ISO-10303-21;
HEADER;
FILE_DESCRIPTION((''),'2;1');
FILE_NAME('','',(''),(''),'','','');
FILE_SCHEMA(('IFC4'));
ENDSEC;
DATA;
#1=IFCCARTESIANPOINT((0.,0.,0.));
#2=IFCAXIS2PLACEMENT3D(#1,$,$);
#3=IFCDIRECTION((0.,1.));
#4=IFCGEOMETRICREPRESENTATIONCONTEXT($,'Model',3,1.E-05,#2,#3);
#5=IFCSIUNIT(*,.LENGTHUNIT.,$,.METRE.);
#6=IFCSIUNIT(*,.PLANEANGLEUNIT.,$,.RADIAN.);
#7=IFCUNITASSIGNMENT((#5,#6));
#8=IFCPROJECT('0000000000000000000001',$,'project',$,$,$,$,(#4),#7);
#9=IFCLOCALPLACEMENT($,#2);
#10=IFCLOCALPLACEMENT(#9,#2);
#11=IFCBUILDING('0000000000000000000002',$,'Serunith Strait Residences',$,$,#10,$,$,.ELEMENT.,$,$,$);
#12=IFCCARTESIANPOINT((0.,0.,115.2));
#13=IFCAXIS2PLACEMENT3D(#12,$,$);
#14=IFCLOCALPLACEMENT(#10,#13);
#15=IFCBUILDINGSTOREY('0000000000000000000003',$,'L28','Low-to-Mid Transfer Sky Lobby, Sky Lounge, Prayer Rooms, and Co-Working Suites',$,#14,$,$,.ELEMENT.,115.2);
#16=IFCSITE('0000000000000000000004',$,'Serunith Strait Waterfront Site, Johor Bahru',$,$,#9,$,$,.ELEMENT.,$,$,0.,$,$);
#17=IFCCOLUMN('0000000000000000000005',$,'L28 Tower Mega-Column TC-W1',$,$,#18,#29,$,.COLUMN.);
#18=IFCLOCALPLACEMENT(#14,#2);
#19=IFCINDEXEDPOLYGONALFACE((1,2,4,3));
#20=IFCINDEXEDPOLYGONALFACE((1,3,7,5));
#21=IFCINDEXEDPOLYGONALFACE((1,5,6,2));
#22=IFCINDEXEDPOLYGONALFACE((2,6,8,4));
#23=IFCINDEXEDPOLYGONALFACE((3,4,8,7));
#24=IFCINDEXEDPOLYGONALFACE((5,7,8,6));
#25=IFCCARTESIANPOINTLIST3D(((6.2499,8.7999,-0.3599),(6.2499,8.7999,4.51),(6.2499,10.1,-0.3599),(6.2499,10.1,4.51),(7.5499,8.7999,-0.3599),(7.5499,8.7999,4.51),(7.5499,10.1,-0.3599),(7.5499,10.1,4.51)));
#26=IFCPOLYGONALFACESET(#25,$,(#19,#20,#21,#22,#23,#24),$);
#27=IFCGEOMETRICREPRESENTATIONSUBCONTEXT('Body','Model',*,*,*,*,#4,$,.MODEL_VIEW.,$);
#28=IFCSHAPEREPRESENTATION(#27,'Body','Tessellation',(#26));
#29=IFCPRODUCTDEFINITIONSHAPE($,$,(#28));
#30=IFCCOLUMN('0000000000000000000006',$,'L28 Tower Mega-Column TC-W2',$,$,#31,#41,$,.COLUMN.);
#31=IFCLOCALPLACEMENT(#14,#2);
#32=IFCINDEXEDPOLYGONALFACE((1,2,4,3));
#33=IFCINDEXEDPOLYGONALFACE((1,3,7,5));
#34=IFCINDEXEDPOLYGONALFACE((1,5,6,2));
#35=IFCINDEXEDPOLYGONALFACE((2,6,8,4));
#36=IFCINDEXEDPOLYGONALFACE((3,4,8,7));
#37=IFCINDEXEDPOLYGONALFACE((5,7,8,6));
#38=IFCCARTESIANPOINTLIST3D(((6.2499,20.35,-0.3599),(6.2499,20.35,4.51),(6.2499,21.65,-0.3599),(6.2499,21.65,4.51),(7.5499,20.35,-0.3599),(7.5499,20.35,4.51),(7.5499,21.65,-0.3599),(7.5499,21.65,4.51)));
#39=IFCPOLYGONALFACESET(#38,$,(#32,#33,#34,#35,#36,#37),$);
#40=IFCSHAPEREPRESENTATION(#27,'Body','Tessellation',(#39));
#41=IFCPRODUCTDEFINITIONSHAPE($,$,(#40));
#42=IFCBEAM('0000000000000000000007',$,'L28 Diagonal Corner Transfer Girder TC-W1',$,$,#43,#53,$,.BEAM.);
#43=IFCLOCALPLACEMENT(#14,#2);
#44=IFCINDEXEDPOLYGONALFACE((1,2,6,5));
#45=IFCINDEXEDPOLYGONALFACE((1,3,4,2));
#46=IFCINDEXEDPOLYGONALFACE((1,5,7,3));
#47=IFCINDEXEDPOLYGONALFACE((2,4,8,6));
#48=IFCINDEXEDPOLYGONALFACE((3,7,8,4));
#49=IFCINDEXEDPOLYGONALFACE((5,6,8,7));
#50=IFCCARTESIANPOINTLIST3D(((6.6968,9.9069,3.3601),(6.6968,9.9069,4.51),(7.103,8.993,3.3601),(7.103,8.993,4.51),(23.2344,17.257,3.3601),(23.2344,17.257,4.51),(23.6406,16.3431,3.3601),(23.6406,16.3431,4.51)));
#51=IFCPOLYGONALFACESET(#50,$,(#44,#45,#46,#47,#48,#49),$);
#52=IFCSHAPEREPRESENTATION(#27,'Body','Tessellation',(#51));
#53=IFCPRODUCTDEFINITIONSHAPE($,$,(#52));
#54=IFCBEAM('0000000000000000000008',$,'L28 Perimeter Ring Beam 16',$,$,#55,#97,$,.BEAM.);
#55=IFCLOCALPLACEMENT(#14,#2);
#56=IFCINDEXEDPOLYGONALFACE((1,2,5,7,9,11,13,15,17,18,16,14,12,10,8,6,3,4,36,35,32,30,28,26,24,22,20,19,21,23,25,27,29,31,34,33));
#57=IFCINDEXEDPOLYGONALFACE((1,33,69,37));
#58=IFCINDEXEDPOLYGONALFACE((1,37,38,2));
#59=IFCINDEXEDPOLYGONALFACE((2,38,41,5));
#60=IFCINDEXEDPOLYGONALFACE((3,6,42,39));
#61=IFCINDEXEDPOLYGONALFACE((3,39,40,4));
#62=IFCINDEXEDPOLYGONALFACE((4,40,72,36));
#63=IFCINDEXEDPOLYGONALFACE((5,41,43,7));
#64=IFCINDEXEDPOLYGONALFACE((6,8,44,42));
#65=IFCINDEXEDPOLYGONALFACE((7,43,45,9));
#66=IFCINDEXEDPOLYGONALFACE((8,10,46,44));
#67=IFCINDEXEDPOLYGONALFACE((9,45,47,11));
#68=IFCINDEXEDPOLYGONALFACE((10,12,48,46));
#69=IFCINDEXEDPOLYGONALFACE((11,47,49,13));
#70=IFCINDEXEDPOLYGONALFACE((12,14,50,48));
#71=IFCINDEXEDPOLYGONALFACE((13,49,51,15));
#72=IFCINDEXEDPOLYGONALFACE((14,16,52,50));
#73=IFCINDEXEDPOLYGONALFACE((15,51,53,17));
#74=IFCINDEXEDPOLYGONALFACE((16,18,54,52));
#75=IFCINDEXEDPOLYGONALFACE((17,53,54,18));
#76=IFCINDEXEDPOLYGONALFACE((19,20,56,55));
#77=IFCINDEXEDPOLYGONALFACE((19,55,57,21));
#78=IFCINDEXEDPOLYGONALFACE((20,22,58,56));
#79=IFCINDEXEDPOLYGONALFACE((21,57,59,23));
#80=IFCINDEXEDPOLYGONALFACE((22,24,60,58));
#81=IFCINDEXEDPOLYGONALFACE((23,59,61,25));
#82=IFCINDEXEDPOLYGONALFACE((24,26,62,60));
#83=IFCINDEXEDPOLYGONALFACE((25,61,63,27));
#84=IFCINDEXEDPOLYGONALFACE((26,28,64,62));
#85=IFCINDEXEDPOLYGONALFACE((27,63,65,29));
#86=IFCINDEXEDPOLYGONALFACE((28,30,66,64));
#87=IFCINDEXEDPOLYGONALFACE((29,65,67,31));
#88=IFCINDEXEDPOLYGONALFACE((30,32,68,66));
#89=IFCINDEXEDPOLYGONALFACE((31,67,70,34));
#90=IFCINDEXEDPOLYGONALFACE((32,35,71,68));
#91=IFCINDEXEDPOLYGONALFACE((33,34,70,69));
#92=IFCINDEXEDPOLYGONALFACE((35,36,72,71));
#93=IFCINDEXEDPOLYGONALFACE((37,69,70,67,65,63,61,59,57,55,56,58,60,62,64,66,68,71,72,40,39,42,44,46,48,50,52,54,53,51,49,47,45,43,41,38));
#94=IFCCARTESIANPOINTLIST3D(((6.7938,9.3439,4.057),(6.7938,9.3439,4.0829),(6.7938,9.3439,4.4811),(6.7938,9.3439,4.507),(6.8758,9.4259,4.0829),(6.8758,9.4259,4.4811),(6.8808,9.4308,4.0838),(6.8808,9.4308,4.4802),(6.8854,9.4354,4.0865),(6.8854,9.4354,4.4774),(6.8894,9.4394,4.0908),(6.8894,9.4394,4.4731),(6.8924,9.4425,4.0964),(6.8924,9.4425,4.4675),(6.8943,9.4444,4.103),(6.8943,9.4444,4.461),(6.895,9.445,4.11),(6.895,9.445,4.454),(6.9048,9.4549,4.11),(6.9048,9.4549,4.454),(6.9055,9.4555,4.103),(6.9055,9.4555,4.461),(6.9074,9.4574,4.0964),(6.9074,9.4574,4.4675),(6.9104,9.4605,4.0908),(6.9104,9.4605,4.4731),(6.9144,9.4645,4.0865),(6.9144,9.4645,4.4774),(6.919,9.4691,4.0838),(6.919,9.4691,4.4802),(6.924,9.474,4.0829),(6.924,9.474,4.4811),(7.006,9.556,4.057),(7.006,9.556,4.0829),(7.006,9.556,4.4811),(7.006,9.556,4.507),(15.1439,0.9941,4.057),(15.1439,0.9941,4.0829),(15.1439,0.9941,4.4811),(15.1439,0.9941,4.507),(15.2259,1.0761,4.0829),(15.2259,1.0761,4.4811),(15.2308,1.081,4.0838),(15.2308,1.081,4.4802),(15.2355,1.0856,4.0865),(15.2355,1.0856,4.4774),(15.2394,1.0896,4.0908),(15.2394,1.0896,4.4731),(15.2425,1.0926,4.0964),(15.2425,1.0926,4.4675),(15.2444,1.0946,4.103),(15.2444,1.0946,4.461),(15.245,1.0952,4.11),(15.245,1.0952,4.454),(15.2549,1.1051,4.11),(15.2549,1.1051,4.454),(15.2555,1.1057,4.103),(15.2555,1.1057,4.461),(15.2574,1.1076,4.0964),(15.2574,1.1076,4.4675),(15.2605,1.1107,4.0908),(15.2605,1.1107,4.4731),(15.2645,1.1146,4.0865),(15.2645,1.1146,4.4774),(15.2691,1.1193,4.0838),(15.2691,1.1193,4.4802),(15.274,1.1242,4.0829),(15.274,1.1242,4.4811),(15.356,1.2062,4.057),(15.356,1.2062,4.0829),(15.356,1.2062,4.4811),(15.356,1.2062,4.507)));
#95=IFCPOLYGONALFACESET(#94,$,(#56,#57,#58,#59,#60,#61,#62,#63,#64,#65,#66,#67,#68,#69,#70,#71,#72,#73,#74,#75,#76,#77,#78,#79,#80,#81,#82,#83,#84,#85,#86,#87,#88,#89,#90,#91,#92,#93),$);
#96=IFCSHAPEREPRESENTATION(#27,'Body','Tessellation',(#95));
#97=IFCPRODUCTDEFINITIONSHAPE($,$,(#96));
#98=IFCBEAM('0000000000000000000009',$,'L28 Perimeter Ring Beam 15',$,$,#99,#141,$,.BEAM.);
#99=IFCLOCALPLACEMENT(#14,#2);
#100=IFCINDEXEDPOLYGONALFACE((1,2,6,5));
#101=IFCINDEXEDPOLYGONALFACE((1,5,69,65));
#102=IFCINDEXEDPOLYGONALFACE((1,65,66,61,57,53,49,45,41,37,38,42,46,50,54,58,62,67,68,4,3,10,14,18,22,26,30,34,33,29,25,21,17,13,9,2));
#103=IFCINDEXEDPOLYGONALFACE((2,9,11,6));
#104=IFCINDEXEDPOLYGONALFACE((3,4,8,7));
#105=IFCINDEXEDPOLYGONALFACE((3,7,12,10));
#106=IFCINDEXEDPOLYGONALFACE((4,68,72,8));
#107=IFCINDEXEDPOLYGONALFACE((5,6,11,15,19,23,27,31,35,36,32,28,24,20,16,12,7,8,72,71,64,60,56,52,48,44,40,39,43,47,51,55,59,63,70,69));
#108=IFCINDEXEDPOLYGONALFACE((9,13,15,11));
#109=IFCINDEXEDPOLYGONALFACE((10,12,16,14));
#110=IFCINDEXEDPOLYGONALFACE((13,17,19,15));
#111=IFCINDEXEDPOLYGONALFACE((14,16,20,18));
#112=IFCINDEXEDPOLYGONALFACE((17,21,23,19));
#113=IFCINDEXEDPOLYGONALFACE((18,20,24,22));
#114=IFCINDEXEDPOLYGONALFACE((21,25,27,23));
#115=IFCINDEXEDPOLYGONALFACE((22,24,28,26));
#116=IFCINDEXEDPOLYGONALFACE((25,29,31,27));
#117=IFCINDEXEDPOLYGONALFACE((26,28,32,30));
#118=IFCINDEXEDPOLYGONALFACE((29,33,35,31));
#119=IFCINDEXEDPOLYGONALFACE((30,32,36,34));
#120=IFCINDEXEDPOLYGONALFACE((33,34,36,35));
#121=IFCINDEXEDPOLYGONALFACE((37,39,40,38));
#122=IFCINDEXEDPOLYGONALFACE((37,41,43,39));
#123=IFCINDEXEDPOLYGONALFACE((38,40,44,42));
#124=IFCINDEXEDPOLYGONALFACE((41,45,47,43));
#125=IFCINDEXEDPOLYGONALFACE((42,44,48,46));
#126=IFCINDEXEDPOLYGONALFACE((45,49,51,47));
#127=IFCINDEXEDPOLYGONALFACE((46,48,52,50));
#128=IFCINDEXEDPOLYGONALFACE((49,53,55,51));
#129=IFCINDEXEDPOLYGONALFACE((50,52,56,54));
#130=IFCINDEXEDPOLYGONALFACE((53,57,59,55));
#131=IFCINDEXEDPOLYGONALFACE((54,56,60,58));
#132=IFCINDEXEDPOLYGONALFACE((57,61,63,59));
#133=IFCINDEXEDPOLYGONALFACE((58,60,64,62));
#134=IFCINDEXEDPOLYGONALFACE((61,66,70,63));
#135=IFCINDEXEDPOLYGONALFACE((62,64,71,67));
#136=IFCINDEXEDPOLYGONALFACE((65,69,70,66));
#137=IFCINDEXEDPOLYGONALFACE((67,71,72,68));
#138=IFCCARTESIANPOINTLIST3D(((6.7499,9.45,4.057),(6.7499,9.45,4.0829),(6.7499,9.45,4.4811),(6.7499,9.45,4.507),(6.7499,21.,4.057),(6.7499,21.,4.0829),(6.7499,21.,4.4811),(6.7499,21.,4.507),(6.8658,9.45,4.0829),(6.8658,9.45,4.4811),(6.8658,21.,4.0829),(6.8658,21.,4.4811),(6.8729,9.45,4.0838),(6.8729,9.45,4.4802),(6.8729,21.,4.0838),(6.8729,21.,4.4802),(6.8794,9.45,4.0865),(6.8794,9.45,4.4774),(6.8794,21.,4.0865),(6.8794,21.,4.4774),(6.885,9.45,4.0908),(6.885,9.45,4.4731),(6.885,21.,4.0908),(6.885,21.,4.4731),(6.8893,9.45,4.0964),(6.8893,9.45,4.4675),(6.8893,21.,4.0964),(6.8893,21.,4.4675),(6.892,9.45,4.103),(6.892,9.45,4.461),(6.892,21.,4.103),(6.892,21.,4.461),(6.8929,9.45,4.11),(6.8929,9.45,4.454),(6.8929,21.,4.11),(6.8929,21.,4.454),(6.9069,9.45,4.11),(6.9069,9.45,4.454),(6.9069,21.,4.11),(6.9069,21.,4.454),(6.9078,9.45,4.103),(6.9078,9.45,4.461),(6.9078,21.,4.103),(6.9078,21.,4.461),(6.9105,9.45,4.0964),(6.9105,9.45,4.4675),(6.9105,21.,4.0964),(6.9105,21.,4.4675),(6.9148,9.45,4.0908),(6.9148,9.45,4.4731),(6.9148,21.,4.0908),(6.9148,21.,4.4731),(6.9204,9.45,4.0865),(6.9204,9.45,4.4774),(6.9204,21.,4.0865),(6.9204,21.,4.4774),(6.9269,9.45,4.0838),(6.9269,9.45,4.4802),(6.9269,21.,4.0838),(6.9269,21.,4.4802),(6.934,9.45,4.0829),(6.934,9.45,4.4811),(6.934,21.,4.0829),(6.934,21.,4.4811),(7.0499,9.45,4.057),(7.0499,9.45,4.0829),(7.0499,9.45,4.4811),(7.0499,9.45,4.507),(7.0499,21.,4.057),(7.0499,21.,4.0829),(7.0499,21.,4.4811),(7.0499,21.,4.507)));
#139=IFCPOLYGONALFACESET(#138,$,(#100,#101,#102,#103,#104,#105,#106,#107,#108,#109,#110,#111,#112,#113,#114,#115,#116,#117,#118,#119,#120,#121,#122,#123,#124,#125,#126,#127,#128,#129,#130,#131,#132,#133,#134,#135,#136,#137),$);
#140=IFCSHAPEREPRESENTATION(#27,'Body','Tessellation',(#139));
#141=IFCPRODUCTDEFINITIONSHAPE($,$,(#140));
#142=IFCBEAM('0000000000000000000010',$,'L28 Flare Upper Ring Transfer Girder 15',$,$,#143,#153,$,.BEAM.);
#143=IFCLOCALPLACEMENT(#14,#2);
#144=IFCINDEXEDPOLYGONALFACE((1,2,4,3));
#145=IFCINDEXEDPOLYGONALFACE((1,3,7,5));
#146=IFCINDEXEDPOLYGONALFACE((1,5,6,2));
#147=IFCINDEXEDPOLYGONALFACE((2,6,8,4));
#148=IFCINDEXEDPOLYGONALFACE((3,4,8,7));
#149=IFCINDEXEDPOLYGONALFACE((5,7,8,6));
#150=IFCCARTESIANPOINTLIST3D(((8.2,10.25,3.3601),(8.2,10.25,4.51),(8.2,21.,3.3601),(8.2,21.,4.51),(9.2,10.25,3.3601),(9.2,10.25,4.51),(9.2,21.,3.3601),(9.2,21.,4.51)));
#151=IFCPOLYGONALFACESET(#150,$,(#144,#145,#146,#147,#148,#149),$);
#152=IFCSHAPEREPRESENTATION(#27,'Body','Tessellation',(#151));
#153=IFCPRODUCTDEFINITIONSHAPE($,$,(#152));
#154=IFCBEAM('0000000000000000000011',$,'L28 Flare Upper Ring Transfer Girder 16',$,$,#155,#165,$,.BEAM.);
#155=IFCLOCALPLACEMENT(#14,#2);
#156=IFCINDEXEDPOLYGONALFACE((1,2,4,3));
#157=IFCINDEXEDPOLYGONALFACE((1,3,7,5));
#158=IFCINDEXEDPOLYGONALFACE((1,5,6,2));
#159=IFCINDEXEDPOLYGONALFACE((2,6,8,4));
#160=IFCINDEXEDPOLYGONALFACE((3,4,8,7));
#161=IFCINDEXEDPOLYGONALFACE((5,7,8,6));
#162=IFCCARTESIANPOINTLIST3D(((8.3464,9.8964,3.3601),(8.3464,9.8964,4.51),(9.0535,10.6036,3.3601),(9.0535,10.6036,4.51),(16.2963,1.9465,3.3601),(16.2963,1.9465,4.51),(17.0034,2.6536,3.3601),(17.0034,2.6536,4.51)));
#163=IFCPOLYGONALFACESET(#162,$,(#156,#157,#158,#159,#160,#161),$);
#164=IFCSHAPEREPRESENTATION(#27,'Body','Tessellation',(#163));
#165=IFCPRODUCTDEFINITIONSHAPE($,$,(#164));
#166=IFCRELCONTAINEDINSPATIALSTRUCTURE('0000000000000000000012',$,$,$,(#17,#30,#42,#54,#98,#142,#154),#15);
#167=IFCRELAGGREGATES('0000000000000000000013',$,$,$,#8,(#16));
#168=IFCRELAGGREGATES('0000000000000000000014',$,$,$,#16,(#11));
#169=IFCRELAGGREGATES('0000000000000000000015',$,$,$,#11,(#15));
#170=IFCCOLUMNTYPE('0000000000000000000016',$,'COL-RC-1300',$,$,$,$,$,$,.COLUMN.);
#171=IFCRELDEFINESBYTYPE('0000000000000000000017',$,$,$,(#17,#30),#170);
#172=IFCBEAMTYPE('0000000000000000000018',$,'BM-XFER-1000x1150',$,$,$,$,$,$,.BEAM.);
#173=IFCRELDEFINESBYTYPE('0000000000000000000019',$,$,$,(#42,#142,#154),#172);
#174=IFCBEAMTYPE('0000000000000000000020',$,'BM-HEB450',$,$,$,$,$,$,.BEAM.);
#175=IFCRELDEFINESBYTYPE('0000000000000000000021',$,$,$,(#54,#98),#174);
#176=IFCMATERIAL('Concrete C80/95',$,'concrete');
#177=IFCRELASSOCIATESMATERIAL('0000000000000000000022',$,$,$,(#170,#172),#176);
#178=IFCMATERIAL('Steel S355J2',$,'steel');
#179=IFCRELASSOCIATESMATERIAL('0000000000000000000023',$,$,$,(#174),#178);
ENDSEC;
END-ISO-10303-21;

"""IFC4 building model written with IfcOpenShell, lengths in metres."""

from ifc_helpers import new_model, si_unit, direction, frame, origin, origin_2d, place, context, subcontext, project, spatial, rectangle, i_section, extrude, source, transform, mapped, material, material_profile, profile_set, type_object, element, save


model = new_model("IFC4")

# Units and contexts
model_context = context("Model", 3, precision=1e-05, world=origin(), true_north=direction((0.0, 1.0)))
body_context = subcontext(model_context, "Body", "Model", "MODEL_VIEW")
ifc_project = project(units=[si_unit("LENGTHUNIT", "METRE"), si_unit("PLANEANGLEUNIT", "RADIAN")], contexts=[model_context])

# Site, building, storey
site_placement = place(None, origin())
site = spatial("IfcSite", under=ifc_project, at=site_placement, Name="Serunith Strait Waterfront Site, Johor Bahru", CompositionType="ELEMENT", RefElevation=0.0)
building_placement = place(site_placement, origin())
building = spatial("IfcBuilding", under=site, at=building_placement, Name="Serunith Strait Residences", CompositionType="ELEMENT")
storey_placement = place(building_placement, frame((0.0, 0.0, 115.2)))
storey = spatial("IfcBuildingStorey", under=building, at=storey_placement, Name="L28", Description="Low-to-Mid Transfer Sky Lobby, Sky Lounge, Prayer Rooms, and Co-Working Suites", CompositionType="ELEMENT", Elevation=115.2)

# Columns
ifc_material_1 = material(Name="Concrete C80/95", Category="concrete")
ifc_material_profile_1 = material_profile(ifc_material_1, rectangle(XDim=1.3, YDim=1.3, at=origin_2d()), Name="RC 1300x1300")
ifc_profile_set_1 = profile_set([ifc_material_profile_1], Name="Concrete C80/95")
column_type = type_object("IfcColumnType", Name="COL-RC-1300", PredefinedType="COLUMN", material=ifc_profile_set_1)
shared_shape_1 = source(origin(), body_context, "Body", "SweptSolid", [
    extrude(rectangle(XDim=1.3, YDim=1.3, at=origin_2d()), origin(), (0.0, 0.0, 1.0), 4.8699),
])
for number, where, z_axis, x_axis, name in (
    (1, (6.8999, 9.45, -0.3599), (0.0, 0.0, 1.0), (1.0, 0.0, 0.0), "L28 Tower Mega-Column TC-W1"),
    (2, (6.8999, 21.0, -0.3599), (0.0, 0.0, 1.0), (1.0, 0.0, 0.0), "L28 Tower Mega-Column TC-W2"),
):
    element("IfcColumn", number, at=place(storey_placement, frame(where, z_axis=z_axis, x_axis=x_axis)), inside=storey, type_object=column_type, Name=name, PredefinedType="COLUMN", context=body_context, shape_type="MappedRepresentation", body=[
        mapped(shared_shape_1, transform((0.0, 0.0, 0.0), scale=1.0)),
    ])

# Beams
ifc_material_profile_2 = material_profile(ifc_material_1, rectangle(XDim=1.0, YDim=1.1499, at=origin_2d()), Name="RC 1000x1150")
ifc_profile_set_2 = profile_set([ifc_material_profile_2], Name="Concrete C80/95")
beam_type_1 = type_object("IfcBeamType", Name="BM-XFER-1000x1150", PredefinedType="BEAM", material=ifc_profile_set_2)
shared_shape_2 = source(origin(), body_context, "Body", "SweptSolid", [
    extrude(rectangle(XDim=1.0, YDim=1.1499, at=origin_2d()), origin(), (0.0, 0.0, 1.0), 18.0974),
])
beam_1_placement = place(storey_placement, frame((6.8999, 9.45, 3.9351), z_axis=(0.91381, 0.406141, 0.0), x_axis=(-0.406141, 0.91381, 0.0)))
element("IfcBeam", 3, at=beam_1_placement, inside=storey, type_object=beam_type_1, Name="L28 Diagonal Corner Transfer Girder TC-W1", PredefinedType="BEAM", context=body_context, shape_type="MappedRepresentation", body=[
    mapped(shared_shape_2, transform((0.0, 0.0, 0.0), scale=1.0)),
])
ifc_material_2 = material(Name="Steel S355J2", Category="steel")
ifc_material_profile_3 = material_profile(ifc_material_2, i_section(OverallWidth=0.3, OverallDepth=0.45, WebThickness=0.0139, FlangeThickness=0.0259, FilletRadius=0.0271, at=origin_2d()), Name="HEB 450")
ifc_profile_set_3 = profile_set([ifc_material_profile_3], Name="Steel S355J2")
beam_type_2 = type_object("IfcBeamType", Name="BM-HEB450", PredefinedType="BEAM", material=ifc_profile_set_3)
shared_shape_3 = source(origin(), body_context, "Body", "SweptSolid", [
    extrude(i_section(OverallWidth=0.3, OverallDepth=0.45, WebThickness=0.0139, FlangeThickness=0.0259, FilletRadius=0.0271, at=origin_2d()), origin(), (0.0, 0.0, 1.0), 11.8086),
])
beam_2_placement = place(storey_placement, frame((6.8999, 9.45, 4.282), z_axis=(0.707117, -0.707096, 0.0), x_axis=(0.707096, 0.707117, 0.0)))
element("IfcBeam", 4, at=beam_2_placement, inside=storey, type_object=beam_type_2, Name="L28 Perimeter Ring Beam 16", PredefinedType="BEAM", context=body_context, shape_type="MappedRepresentation", body=[
    mapped(shared_shape_3, transform((0.0, 0.0, 0.0), scale=1.0)),
])
shared_shape_4 = source(origin(), body_context, "Body", "SweptSolid", [
    extrude(i_section(OverallWidth=0.3, OverallDepth=0.45, WebThickness=0.0139, FlangeThickness=0.0259, FilletRadius=0.0271, at=origin_2d()), origin(), (0.0, 0.0, 1.0), 11.55),
])
beam_3_placement = place(storey_placement, frame((6.8999, 21.0, 4.282), z_axis=(0.0, -1.0, 0.0), x_axis=(1.0, 0.0, 0.0)))
element("IfcBeam", 5, at=beam_3_placement, inside=storey, type_object=beam_type_2, Name="L28 Perimeter Ring Beam 15", PredefinedType="BEAM", context=body_context, shape_type="MappedRepresentation", body=[
    mapped(shared_shape_4, transform((0.0, 0.0, 0.0), scale=1.0)),
])
shared_shape_5 = source(origin(), body_context, "Body", "SweptSolid", [
    extrude(rectangle(XDim=1.0, YDim=1.1499, at=origin_2d()), origin(), (0.0, 0.0, 1.0), 10.75),
])
beam_4_placement = place(storey_placement, frame((8.7, 21.0, 3.9351), z_axis=(0.0, -1.0, 0.0), x_axis=(1.0, 0.0, 0.0)))
element("IfcBeam", 6, at=beam_4_placement, inside=storey, type_object=beam_type_1, Name="L28 Flare Upper Ring Transfer Girder 15", PredefinedType="BEAM", context=body_context, shape_type="MappedRepresentation", body=[
    mapped(shared_shape_5, transform((0.0, 0.0, 0.0), scale=1.0)),
])
shared_shape_6 = source(origin(), body_context, "Body", "SweptSolid", [
    extrude(rectangle(XDim=1.0, YDim=1.1499, at=origin_2d()), origin(), (0.0, 0.0, 1.0), 11.2429),
])
beam_5_placement = place(storey_placement, frame((8.7, 10.25, 3.9351), z_axis=(0.707107, -0.707107, 0.0), x_axis=(0.707107, 0.707107, 0.0)))
element("IfcBeam", 7, at=beam_5_placement, inside=storey, type_object=beam_type_1, Name="L28 Flare Upper Ring Transfer Girder 16", PredefinedType="BEAM", context=body_context, shape_type="MappedRepresentation", body=[
    mapped(shared_shape_6, transform((0.0, 0.0, 0.0), scale=1.0)),
])

save(model, "model.ifc")
